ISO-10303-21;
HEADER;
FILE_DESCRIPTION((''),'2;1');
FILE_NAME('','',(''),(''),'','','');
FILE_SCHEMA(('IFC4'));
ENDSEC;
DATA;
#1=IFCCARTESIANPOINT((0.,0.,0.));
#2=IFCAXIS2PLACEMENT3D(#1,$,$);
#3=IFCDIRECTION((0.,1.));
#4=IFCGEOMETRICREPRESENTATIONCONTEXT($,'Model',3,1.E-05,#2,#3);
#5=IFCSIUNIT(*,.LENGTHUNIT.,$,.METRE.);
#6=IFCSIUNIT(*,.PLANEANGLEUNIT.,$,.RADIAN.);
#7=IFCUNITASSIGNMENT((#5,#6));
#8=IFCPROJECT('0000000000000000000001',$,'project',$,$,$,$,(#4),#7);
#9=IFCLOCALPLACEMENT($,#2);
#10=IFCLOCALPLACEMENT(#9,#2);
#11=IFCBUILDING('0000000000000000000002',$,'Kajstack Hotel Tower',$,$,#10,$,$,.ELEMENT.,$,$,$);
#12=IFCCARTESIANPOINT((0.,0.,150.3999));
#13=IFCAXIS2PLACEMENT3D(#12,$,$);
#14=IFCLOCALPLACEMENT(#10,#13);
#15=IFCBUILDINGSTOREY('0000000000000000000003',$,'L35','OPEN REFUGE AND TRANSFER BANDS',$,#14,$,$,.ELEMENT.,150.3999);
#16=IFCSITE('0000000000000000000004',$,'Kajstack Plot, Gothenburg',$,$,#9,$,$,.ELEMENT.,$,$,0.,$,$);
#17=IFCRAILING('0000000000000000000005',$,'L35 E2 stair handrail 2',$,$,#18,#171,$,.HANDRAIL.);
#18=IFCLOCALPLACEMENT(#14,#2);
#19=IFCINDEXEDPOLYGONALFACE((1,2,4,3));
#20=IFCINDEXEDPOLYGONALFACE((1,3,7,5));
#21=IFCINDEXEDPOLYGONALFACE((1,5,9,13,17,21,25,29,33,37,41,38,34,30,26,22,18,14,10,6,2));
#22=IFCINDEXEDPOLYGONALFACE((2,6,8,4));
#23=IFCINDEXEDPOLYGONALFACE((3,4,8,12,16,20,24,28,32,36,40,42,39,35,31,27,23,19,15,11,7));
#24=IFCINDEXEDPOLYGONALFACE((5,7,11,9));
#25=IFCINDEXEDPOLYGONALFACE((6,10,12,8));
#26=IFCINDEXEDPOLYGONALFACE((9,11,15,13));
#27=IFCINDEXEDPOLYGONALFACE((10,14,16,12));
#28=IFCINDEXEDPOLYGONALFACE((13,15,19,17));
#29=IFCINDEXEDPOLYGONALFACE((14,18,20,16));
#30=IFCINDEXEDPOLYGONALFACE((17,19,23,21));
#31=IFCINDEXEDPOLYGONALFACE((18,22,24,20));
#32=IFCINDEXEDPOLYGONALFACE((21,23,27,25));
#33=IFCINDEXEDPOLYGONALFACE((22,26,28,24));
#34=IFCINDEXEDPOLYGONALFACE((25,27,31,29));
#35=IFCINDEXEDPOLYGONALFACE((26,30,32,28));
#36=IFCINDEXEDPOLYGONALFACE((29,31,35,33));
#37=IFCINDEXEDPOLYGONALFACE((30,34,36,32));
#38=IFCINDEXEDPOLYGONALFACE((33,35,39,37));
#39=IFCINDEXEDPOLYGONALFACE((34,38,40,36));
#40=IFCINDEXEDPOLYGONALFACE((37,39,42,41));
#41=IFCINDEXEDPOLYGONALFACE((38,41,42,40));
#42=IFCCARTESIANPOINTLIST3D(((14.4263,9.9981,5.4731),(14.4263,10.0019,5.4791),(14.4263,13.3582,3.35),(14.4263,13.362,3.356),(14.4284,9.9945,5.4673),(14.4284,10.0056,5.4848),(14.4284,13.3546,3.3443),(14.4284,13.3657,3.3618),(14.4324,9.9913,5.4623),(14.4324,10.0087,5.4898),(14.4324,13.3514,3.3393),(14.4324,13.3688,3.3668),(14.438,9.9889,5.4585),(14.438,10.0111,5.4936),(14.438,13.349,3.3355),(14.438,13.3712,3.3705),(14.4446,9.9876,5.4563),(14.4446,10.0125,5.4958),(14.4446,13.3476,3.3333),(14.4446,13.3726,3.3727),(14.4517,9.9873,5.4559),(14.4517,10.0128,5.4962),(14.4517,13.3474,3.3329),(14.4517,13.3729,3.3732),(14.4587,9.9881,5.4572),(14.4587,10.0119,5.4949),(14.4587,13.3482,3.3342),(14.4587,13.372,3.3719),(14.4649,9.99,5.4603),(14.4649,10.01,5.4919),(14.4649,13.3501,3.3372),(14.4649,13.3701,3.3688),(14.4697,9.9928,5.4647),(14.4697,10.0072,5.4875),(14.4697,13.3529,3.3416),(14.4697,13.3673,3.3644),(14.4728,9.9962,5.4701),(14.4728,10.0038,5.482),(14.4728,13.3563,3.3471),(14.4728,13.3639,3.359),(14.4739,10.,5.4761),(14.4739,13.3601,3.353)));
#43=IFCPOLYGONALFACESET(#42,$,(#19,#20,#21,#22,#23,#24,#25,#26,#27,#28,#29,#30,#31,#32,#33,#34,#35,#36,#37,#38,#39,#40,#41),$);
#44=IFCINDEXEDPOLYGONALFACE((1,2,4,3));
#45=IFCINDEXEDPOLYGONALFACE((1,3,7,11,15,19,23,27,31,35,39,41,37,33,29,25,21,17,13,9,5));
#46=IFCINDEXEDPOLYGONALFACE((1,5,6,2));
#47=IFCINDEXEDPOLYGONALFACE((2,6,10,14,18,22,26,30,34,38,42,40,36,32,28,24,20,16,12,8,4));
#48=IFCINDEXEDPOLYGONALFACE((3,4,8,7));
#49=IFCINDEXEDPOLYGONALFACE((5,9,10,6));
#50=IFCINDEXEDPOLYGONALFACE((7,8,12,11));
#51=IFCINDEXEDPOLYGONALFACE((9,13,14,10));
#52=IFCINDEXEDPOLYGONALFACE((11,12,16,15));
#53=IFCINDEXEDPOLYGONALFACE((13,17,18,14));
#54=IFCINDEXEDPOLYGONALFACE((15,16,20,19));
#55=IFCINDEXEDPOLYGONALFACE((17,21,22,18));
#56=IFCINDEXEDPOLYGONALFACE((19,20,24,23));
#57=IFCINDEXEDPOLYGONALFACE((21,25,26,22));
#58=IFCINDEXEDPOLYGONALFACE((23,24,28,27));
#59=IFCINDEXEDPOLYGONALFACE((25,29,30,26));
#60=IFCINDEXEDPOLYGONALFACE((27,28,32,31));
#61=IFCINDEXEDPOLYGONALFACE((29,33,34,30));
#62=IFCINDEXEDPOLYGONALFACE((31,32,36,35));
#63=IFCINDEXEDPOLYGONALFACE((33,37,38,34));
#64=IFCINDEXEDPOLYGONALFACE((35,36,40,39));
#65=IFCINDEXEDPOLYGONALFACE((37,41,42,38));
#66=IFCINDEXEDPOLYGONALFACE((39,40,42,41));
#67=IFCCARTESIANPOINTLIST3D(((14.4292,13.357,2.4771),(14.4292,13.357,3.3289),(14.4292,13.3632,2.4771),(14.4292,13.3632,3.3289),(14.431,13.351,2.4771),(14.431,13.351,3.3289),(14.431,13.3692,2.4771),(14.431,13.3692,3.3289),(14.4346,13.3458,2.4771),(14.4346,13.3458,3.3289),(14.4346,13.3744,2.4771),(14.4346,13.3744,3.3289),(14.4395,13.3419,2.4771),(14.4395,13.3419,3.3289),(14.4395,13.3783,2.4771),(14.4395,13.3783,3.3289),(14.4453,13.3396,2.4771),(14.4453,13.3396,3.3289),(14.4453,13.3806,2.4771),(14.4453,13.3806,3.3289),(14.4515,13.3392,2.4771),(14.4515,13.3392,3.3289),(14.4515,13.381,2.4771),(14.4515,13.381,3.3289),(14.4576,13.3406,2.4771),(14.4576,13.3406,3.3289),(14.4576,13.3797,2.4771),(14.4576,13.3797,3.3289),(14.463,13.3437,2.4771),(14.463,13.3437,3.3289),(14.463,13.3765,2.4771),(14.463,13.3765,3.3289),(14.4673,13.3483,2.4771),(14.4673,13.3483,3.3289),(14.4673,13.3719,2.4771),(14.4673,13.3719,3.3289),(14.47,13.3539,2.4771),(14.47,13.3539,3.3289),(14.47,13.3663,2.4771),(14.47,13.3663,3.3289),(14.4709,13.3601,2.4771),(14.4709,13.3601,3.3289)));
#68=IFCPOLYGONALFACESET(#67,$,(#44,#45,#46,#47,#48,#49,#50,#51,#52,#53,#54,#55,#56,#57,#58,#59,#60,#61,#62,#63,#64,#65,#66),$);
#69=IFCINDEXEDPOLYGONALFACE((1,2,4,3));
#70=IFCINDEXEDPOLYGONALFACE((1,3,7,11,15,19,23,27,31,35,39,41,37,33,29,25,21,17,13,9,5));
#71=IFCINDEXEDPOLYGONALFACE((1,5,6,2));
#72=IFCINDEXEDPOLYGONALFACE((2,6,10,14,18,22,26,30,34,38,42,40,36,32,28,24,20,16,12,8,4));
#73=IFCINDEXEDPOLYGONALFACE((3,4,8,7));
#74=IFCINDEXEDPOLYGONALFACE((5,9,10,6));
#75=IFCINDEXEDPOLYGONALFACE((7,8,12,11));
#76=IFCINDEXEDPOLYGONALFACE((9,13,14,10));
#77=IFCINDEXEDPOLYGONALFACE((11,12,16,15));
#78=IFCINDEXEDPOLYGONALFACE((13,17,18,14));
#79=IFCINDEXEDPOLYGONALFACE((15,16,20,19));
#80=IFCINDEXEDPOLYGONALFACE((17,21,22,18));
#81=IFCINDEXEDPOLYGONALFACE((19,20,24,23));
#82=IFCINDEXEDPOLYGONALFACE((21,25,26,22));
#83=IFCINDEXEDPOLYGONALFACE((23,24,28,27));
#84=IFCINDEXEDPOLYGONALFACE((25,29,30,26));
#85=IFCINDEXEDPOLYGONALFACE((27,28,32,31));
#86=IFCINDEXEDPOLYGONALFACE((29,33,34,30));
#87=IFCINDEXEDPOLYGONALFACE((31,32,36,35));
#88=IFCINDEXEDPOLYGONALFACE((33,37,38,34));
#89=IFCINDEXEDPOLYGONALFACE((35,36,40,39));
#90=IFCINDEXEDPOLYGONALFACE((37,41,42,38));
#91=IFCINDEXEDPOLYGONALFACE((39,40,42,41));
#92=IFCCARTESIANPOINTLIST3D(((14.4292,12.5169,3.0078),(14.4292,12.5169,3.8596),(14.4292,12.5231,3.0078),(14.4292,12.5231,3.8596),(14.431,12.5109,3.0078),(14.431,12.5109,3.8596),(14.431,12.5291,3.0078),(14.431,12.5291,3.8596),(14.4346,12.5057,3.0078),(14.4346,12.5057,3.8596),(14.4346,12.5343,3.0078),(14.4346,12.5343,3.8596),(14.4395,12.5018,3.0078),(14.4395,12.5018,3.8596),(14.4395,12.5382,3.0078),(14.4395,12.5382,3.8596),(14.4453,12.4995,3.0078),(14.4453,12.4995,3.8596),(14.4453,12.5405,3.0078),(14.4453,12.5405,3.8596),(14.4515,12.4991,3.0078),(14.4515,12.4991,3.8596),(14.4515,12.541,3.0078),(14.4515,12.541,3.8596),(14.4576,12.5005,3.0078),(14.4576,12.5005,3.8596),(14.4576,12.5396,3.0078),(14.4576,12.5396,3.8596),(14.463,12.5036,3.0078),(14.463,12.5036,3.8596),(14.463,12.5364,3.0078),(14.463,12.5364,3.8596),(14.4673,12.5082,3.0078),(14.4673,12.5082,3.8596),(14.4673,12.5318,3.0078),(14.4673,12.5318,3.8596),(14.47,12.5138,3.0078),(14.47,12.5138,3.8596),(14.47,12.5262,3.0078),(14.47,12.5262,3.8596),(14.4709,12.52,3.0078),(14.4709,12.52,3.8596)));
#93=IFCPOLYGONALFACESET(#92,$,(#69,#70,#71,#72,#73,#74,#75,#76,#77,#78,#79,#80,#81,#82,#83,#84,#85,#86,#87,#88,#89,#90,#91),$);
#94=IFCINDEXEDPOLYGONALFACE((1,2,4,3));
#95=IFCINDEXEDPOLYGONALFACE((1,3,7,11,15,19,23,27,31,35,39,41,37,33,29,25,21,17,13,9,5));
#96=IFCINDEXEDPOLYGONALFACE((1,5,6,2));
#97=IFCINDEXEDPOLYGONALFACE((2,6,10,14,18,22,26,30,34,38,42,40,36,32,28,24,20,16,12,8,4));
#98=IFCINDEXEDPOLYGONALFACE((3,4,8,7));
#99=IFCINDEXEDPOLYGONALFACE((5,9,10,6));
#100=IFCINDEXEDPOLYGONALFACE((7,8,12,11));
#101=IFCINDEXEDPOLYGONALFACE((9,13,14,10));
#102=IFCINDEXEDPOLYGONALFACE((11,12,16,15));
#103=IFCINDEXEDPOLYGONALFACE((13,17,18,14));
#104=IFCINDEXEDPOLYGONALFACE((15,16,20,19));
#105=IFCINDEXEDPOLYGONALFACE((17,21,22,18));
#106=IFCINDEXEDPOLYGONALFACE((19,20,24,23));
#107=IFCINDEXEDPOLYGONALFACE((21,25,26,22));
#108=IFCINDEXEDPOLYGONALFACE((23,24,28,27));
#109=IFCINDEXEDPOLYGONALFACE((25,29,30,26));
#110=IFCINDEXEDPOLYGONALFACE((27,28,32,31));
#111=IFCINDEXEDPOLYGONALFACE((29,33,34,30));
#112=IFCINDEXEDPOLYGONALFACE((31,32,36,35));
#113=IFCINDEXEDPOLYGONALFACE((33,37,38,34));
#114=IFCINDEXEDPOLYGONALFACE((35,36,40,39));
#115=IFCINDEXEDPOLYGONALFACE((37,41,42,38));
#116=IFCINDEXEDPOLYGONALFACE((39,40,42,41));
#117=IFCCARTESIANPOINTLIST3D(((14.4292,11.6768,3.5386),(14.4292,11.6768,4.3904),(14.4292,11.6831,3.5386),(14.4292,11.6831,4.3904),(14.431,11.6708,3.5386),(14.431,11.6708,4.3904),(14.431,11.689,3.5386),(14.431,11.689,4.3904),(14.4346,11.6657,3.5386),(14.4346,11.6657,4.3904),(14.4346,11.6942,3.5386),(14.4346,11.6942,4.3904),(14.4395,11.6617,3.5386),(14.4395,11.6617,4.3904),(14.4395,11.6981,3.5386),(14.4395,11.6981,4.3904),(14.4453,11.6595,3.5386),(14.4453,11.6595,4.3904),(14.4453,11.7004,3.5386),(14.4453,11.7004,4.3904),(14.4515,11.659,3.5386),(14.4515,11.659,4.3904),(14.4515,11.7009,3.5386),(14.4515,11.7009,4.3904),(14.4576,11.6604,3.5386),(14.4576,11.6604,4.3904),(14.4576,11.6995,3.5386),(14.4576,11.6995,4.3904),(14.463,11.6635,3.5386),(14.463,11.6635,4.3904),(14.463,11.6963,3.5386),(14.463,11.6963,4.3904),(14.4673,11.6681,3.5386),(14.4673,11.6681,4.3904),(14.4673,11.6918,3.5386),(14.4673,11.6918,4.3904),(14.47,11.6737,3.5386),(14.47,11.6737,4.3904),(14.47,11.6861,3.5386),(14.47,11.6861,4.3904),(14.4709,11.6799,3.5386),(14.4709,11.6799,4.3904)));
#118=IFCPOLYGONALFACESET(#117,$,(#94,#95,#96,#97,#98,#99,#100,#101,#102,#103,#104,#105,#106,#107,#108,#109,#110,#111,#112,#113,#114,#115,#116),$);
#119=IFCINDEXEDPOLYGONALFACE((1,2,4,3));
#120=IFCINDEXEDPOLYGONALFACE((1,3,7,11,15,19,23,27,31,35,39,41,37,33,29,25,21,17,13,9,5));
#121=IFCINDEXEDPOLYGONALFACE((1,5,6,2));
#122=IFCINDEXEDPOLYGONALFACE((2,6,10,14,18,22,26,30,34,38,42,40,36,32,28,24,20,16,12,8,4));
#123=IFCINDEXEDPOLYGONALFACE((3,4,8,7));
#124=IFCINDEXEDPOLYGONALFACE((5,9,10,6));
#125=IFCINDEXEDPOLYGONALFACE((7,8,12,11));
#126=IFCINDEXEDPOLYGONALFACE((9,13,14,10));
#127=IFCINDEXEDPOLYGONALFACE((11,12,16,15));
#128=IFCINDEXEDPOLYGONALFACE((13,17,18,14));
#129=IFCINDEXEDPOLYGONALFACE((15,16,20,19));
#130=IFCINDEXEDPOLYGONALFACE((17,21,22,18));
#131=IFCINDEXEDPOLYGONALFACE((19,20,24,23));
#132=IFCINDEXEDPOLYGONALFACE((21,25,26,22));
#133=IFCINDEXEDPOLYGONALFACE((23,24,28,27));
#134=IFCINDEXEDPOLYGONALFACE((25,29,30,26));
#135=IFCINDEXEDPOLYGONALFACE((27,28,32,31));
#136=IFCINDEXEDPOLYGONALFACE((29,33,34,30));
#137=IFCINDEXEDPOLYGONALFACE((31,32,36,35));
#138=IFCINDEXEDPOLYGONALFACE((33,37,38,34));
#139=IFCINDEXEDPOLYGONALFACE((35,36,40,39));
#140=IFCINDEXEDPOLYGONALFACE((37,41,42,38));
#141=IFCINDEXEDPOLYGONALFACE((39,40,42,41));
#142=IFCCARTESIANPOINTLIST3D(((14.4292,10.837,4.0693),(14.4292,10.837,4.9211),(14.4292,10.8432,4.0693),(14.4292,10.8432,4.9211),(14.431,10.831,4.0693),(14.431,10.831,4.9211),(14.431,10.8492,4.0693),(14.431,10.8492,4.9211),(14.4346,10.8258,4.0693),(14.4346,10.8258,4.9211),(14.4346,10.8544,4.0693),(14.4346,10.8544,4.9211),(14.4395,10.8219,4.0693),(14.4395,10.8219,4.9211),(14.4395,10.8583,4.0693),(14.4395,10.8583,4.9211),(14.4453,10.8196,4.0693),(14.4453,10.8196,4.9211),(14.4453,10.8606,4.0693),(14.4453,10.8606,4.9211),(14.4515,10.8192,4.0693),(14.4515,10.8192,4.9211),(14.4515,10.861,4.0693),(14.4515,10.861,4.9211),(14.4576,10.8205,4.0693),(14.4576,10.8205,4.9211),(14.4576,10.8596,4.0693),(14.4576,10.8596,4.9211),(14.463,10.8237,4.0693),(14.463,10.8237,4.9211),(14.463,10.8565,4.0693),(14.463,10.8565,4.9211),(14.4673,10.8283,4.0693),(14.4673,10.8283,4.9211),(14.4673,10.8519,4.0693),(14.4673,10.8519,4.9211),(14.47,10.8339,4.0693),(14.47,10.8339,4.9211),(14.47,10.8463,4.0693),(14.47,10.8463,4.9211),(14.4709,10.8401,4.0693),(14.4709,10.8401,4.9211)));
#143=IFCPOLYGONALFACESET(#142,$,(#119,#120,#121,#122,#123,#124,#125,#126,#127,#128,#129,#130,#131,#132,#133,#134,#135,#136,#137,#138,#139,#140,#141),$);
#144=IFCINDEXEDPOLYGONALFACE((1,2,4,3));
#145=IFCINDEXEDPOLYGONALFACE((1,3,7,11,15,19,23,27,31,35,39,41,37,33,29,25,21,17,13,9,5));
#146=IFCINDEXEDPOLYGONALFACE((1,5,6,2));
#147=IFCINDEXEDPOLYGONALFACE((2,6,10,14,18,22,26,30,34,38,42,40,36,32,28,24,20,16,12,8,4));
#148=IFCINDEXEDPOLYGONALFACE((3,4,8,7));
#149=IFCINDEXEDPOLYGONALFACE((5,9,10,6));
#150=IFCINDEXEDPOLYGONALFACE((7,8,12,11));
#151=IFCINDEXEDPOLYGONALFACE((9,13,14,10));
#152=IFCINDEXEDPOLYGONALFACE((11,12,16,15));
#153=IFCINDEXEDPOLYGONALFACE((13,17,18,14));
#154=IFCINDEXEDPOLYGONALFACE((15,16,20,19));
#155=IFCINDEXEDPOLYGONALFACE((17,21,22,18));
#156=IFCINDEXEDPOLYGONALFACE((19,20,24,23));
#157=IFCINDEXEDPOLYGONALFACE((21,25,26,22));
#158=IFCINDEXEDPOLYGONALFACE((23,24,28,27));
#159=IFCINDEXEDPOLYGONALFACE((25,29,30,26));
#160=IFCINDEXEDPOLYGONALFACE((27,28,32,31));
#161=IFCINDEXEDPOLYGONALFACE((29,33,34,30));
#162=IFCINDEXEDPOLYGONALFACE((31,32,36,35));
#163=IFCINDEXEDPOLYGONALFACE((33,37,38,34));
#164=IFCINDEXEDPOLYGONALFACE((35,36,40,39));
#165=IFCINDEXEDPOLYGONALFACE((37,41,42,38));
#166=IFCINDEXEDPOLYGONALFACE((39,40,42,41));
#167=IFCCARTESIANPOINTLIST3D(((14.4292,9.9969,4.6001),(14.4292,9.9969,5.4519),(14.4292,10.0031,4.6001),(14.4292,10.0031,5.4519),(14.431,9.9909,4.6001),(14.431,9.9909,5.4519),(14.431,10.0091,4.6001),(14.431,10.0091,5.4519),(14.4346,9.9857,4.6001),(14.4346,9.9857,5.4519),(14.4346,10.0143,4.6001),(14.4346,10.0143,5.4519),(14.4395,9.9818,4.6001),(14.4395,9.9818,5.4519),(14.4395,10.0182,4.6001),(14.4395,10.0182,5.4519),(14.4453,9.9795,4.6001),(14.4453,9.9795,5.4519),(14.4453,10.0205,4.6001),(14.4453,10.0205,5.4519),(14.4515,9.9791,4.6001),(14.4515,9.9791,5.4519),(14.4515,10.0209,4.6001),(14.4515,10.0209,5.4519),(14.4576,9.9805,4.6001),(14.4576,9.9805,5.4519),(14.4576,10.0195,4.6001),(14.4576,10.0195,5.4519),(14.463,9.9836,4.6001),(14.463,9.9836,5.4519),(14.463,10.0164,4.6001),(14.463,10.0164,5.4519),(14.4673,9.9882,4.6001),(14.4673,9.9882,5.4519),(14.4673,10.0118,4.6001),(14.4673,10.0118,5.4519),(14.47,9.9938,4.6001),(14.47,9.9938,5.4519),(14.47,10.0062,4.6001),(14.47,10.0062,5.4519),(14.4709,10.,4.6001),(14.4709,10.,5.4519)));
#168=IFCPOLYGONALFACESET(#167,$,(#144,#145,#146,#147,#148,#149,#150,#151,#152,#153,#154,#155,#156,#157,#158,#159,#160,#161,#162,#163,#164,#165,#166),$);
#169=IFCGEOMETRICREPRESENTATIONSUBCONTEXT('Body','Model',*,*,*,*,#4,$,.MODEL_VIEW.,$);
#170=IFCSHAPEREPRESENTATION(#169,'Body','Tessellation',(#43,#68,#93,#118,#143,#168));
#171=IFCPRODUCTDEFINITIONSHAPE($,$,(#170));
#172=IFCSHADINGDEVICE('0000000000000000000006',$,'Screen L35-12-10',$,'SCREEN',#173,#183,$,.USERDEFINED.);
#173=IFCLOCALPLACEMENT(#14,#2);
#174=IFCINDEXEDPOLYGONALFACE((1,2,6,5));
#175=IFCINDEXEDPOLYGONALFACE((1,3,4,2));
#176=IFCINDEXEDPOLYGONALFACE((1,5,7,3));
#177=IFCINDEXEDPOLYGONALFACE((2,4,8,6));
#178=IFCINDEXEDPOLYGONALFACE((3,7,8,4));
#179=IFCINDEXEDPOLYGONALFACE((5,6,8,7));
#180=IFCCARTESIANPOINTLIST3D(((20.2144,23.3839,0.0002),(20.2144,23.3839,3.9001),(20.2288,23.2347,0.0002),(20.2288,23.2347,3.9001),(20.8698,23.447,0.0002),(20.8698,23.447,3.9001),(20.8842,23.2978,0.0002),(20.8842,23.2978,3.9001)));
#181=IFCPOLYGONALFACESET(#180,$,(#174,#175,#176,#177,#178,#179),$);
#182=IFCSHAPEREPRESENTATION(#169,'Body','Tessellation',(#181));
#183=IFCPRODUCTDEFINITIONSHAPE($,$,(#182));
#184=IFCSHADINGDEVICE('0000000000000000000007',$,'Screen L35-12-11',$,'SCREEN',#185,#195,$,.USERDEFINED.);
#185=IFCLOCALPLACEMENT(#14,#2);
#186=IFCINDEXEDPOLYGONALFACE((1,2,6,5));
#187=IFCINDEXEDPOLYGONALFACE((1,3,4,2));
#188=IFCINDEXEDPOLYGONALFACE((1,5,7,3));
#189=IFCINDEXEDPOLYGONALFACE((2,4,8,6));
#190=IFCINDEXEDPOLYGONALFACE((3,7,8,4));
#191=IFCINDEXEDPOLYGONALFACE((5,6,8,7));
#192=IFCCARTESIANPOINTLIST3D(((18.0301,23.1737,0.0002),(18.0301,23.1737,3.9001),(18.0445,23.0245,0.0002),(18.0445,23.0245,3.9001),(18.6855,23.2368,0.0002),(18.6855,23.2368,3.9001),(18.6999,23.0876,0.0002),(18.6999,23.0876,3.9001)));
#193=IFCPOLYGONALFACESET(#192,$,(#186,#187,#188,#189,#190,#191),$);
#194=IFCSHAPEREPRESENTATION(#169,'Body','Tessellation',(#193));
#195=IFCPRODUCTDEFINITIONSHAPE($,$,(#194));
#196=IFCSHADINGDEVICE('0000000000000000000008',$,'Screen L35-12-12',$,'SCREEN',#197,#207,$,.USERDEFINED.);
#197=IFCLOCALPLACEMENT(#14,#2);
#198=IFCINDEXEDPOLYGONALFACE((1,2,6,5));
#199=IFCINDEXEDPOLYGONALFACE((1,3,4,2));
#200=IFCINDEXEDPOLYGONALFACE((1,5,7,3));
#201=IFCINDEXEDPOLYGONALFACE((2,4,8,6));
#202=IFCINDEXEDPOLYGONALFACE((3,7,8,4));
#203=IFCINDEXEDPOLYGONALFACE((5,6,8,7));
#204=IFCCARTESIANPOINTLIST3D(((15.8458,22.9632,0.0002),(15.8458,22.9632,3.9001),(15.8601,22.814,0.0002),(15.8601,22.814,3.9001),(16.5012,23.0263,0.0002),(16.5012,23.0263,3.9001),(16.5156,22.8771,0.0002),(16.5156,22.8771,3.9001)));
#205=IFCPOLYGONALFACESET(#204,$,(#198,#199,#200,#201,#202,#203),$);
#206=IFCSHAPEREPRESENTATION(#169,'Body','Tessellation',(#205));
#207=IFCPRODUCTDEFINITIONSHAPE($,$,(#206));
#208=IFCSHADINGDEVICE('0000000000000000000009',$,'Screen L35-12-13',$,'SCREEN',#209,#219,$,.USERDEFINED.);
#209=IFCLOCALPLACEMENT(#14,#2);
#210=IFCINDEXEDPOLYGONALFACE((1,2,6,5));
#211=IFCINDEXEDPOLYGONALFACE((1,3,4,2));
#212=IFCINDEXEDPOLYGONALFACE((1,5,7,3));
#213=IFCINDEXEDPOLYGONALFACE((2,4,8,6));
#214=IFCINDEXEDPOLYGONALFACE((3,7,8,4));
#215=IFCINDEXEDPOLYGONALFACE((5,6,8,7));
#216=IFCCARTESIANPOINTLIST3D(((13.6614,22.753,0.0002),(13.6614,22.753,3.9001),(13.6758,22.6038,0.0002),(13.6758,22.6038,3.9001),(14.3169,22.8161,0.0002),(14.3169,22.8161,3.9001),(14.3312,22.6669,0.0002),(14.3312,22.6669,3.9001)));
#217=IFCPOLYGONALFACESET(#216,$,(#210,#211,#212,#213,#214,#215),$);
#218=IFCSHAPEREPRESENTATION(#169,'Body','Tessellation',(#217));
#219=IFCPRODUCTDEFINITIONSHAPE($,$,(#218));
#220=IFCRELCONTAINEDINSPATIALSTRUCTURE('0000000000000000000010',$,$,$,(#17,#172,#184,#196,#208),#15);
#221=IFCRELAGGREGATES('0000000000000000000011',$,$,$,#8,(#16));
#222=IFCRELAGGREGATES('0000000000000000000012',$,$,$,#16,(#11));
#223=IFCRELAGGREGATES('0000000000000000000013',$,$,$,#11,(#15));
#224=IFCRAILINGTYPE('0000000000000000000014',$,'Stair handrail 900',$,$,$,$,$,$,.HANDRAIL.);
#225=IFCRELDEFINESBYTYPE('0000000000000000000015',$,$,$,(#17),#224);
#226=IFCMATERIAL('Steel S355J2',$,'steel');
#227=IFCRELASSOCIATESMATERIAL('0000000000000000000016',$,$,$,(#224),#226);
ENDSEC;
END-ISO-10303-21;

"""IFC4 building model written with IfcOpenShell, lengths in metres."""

from ifc_helpers import new_model, si_unit, direction, frame, origin, origin_2d, place, context, subcontext, project, spatial, rectangle, circle, extrude, material, type_object, element, save


model = new_model("IFC4")

# Units and contexts
model_context = context("Model", 3, precision=1e-05, world=origin(), true_north=direction((0.0, 1.0)))
body_context = subcontext(model_context, "Body", "Model", "MODEL_VIEW")
ifc_project = project(units=[si_unit("LENGTHUNIT", "METRE"), si_unit("PLANEANGLEUNIT", "RADIAN")], contexts=[model_context])

# Site, building, storey
site_placement = place(None, origin())
site = spatial("IfcSite", under=ifc_project, at=site_placement, Name="Kajstack Plot, Gothenburg", CompositionType="ELEMENT", RefElevation=0.0)
building_placement = place(site_placement, origin())
building = spatial("IfcBuilding", under=site, at=building_placement, Name="Kajstack Hotel Tower", CompositionType="ELEMENT")
storey_placement = place(building_placement, frame((0.0, 0.0, 150.3999)))
storey = spatial("IfcBuildingStorey", under=building, at=storey_placement, Name="L35", Description="OPEN REFUGE AND TRANSFER BANDS", CompositionType="ELEMENT", Elevation=150.3999)

# Shared definitions
ifc_material_1 = material(Name="Steel S355J2", Category="steel")

# Railing
railing_type = type_object("IfcRailingType", Name="Stair handrail 900", PredefinedType="HANDRAIL", material=ifc_material_1)
railing_placement = place(storey_placement, frame((14.45, 13.3601, 2.4771)))
element("IfcRailing", 1, at=railing_placement, inside=storey, type_object=railing_type, Name="L35 E2 stair handrail 2", PredefinedType="HANDRAIL", context=body_context, shape_type="SweptSolid", body=[
    extrude(circle(Radius=0.0239, at=origin_2d()), frame((0.0, 0.0, 0.876), z_axis=(0.0, -0.84539, 0.53415), x_axis=(1.0, 0.0, 0.0)), (0.0, 0.0, 1.0), 3.9746),
    extrude(circle(Radius=0.021, at=origin_2d()), origin(), (0.0, 0.0, 1.0), 0.8518),
    extrude(circle(Radius=0.021, at=origin_2d()), frame((0.0, -0.8401, 0.5308)), (0.0, 0.0, 1.0), 0.8518),
    extrude(circle(Radius=0.021, at=origin_2d()), frame((0.0, -1.6802, 1.0615)), (0.0, 0.0, 1.0), 0.8518),
    extrude(circle(Radius=0.021, at=origin_2d()), frame((0.0, -2.52, 1.5923)), (0.0, 0.0, 1.0), 0.8518),
    extrude(circle(Radius=0.021, at=origin_2d()), frame((0.0, -3.3601, 2.123)), (0.0, 0.0, 1.0), 0.8518),
])

# Shading devices
for number, where, z_axis, x_axis, name in (
    (2, (20.5493, 23.3408, 0.0002), (0.0, 0.0, 1.0), (-0.995396, -0.095846, 0.0), "Screen L35-12-10"),
    (3, (18.365, 23.1306, 0.0002), (0.0, 0.0, 1.0), (-0.995396, -0.095846, 0.0), "Screen L35-12-11"),
    (4, (16.1807, 22.9202, 0.0002), (0.0, 0.0, 1.0), (-0.995396, -0.095846, 0.0), "Screen L35-12-12"),
    (5, (13.9963, 22.71, 0.0002), (0.0, 0.0, 1.0), (-0.995396, -0.095846, 0.0), "Screen L35-12-13"),
):
    element("IfcShadingDevice", number, at=place(storey_placement, frame(where, z_axis=z_axis, x_axis=x_axis)), inside=storey, Name=name, ObjectType="SCREEN", PredefinedType="USERDEFINED", context=body_context, shape_type="SweptSolid", body=[
        extrude(rectangle(XDim=0.6584, YDim=0.1499, at=origin_2d()), origin(), (0.0, 0.0, 1.0), 3.8999),
    ])

save(model, "model.ifc")
